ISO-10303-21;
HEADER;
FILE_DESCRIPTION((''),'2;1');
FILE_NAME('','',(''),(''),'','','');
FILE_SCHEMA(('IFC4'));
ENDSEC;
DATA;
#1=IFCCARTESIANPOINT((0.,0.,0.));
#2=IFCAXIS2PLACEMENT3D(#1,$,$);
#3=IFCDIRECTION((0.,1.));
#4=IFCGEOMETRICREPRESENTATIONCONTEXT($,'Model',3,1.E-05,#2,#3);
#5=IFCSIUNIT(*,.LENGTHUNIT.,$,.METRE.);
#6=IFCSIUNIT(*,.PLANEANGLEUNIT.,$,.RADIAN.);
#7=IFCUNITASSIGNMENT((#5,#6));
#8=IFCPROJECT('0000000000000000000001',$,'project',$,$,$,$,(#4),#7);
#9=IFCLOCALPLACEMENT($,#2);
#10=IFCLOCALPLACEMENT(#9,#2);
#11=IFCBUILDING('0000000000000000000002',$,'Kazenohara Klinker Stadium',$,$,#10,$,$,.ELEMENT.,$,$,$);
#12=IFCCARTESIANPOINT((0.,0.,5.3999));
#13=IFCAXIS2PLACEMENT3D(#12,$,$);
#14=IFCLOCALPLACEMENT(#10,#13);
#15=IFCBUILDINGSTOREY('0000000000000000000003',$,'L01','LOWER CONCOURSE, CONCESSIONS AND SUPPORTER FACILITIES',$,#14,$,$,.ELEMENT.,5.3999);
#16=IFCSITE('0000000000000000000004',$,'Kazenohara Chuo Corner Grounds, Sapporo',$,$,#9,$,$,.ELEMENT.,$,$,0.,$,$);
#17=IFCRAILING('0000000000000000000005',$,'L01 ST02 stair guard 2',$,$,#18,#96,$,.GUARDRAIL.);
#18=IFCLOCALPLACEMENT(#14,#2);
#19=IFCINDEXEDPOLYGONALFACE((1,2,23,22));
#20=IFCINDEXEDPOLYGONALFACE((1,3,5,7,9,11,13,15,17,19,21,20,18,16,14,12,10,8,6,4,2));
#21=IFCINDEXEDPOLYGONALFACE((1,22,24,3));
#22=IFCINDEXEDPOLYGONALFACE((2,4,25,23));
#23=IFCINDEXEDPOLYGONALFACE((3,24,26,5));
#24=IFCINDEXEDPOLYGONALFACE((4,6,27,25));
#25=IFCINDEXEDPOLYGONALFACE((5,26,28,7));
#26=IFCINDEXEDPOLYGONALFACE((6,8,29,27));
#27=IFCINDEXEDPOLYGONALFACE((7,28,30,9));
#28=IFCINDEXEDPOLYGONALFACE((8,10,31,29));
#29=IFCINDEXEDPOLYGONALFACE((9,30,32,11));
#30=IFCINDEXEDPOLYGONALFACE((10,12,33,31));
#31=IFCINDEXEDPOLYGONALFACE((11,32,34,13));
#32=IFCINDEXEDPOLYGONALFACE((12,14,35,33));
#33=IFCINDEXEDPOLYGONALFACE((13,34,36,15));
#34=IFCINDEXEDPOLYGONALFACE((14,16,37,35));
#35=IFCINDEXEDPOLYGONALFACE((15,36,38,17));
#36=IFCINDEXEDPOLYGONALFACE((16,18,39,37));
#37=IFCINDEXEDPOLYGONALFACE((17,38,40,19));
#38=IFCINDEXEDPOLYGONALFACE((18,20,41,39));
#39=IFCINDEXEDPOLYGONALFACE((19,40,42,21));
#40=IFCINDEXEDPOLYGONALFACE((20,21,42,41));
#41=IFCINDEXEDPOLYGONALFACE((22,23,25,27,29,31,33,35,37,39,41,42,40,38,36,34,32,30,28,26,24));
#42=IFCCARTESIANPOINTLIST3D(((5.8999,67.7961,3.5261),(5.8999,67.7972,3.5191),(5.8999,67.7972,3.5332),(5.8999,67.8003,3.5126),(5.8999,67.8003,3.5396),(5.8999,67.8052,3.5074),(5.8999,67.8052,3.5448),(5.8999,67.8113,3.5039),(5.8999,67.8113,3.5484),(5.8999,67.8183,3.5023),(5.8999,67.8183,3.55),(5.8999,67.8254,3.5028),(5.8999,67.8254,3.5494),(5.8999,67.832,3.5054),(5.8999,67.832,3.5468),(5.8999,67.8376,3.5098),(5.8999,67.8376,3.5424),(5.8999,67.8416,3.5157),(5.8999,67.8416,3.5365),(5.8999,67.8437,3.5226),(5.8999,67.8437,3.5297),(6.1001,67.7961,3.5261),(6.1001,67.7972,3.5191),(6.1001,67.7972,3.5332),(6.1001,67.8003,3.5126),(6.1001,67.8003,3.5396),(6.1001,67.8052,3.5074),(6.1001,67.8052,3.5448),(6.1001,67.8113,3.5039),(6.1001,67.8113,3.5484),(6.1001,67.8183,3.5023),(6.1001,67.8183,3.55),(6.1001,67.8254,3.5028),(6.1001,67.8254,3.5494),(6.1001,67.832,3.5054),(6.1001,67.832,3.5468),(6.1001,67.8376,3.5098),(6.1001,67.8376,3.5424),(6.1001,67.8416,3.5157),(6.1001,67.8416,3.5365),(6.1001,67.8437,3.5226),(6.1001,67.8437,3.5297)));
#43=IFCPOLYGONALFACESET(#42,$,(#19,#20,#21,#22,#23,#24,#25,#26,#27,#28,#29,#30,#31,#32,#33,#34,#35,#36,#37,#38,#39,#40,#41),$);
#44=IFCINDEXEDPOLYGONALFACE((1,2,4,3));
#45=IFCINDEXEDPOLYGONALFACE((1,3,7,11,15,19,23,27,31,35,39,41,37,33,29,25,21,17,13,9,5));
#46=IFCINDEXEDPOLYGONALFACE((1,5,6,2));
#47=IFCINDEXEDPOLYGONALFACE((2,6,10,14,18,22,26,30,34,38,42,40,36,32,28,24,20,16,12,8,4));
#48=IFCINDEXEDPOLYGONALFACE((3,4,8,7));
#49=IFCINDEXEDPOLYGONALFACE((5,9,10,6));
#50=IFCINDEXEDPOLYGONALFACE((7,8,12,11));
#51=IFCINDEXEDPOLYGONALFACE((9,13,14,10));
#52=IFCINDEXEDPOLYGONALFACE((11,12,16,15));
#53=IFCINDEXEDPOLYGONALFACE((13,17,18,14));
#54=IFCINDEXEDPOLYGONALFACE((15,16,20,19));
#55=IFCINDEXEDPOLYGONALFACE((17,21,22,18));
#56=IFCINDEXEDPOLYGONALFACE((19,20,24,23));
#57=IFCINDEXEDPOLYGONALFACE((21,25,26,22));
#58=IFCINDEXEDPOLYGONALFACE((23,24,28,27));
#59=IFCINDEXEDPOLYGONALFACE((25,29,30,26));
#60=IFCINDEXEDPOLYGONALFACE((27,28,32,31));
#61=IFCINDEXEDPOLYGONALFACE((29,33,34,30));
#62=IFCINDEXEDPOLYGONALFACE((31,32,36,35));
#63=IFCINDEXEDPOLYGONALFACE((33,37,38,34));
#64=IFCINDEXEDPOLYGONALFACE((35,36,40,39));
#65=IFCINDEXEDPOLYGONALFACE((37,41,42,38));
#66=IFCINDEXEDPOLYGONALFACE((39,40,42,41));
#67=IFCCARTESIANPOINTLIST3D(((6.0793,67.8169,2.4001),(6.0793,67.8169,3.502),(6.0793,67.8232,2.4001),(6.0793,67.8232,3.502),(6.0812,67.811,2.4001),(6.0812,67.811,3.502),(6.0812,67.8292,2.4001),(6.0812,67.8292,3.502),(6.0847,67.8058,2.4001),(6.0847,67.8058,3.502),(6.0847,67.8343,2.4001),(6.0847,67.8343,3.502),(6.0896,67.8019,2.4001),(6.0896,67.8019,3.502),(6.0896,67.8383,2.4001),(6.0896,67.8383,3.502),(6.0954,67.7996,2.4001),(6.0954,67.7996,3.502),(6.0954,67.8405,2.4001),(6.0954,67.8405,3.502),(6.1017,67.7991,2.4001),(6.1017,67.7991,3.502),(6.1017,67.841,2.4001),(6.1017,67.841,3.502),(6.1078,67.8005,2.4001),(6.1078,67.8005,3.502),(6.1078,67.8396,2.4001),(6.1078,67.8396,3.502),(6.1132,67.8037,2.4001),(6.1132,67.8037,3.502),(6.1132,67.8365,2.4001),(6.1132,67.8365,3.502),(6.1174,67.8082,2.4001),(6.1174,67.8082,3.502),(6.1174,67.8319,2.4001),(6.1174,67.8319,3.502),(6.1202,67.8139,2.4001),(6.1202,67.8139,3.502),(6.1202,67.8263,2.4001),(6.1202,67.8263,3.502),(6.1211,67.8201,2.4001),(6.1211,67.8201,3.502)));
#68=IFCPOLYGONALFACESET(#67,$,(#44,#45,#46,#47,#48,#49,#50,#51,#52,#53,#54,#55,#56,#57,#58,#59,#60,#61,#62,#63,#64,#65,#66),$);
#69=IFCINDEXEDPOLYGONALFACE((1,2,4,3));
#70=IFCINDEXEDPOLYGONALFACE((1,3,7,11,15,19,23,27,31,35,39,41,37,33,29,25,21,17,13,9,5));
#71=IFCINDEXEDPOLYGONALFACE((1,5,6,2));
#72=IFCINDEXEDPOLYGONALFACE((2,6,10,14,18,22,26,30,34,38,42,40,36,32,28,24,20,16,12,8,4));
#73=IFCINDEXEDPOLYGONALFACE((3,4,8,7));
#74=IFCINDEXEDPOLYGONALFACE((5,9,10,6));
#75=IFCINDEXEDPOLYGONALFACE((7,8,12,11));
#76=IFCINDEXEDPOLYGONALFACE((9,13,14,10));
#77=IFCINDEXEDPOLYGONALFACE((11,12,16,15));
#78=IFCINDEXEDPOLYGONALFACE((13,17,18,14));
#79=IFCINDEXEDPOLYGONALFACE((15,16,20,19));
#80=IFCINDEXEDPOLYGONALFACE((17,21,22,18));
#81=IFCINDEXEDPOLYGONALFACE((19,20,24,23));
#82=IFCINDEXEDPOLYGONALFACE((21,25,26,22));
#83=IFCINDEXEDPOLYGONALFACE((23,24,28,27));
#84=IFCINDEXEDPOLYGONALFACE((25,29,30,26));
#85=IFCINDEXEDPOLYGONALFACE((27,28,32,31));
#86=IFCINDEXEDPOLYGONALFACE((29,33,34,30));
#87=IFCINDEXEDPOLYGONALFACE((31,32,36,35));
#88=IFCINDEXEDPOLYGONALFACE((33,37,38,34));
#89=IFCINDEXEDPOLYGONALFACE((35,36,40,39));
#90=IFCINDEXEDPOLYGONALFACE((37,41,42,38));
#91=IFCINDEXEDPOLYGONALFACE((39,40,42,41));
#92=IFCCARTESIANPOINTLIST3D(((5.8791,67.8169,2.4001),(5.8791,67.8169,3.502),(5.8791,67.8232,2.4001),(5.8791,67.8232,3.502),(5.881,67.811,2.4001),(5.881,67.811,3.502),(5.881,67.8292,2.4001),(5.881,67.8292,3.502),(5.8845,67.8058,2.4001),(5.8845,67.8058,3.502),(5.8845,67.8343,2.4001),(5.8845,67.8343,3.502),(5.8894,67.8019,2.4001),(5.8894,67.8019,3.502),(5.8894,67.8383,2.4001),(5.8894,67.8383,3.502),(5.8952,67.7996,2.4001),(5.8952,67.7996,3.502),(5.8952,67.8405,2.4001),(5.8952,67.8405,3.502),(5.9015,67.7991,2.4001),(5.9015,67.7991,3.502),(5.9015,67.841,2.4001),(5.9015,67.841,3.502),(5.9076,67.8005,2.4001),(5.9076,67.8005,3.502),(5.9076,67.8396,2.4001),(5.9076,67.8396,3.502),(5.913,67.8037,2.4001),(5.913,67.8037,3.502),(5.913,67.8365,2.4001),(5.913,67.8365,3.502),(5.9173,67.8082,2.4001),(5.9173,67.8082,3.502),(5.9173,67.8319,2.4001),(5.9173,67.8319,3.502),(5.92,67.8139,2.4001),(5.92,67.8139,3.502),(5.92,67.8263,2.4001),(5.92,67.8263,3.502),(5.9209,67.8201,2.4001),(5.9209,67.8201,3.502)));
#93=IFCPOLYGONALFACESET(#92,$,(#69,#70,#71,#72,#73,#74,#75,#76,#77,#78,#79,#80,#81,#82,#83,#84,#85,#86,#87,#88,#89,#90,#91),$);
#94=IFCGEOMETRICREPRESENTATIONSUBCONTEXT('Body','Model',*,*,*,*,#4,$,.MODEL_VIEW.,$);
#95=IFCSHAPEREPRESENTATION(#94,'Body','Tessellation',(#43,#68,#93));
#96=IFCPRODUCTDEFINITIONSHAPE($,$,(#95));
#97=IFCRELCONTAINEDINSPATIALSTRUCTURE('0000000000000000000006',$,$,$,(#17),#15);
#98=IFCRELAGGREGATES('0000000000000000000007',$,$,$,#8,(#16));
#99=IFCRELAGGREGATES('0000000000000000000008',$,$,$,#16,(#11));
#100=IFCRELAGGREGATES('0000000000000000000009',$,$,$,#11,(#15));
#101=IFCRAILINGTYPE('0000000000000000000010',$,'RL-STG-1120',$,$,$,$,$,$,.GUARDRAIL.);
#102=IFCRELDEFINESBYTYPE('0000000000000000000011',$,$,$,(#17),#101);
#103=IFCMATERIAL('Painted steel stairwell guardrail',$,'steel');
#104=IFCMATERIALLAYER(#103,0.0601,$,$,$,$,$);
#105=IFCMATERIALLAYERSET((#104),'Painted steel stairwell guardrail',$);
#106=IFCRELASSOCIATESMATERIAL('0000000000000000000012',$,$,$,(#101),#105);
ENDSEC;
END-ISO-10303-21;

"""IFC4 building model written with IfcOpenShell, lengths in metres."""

from ifc_helpers import new_model, si_unit, direction, frame, origin, origin_2d, place, context, subcontext, project, spatial, circle, extrude, material, layer, layer_set, type_object, element, save


model = new_model("IFC4")

# Units and contexts
model_context = context("Model", 3, precision=1e-05, world=origin(), true_north=direction((0.0, 1.0)))
body_context = subcontext(model_context, "Body", "Model", "MODEL_VIEW")
ifc_project = project(units=[si_unit("LENGTHUNIT", "METRE"), si_unit("PLANEANGLEUNIT", "RADIAN")], contexts=[model_context])

# Site, building, storey
site_placement = place(None, origin())
site = spatial("IfcSite", under=ifc_project, at=site_placement, Name="Kazenohara Chuo Corner Grounds, Sapporo", CompositionType="ELEMENT", RefElevation=0.0)
building_placement = place(site_placement, origin())
building = spatial("IfcBuilding", under=site, at=building_placement, Name="Kazenohara Klinker Stadium", CompositionType="ELEMENT")
storey_placement = place(building_placement, frame((0.0, 0.0, 5.3999)))
storey = spatial("IfcBuildingStorey", under=building, at=storey_placement, Name="L01", Description="LOWER CONCOURSE, CONCESSIONS AND SUPPORTER FACILITIES", CompositionType="ELEMENT", Elevation=5.3999)

# Railing
ifc_material_1 = material(Name="Painted steel stairwell guardrail", Category="steel")
ifc_layer_1 = layer(ifc_material_1, 0.0601)
ifc_layer_set_1 = layer_set([ifc_layer_1], Name="Painted steel stairwell guardrail")
railing_type_1 = type_object("IfcRailingType", Name="RL-STG-1120", PredefinedType="GUARDRAIL", material=ifc_layer_set_1)
railing_1_placement = place(storey_placement, frame((6.1001, 67.8201, 2.4001)))
element("IfcRailing", 1, at=railing_1_placement, inside=storey, type_object=railing_type_1, Name="L01 ST02 stair guard 2", PredefinedType="GUARDRAIL", context=body_context, shape_type="SweptSolid", body=[
    extrude(circle(Radius=0.0239, at=origin_2d()), frame((0.0, 0.0, 1.126), z_axis=(-1.0, 0.0, 0.0), x_axis=(0.0, -1.0, 0.0)), (0.0, 0.0, 1.0), 0.2002),
    extrude(circle(Radius=0.021, at=origin_2d()), origin(), (0.0, 0.0, 1.0), 1.1018),
    extrude(circle(Radius=0.021, at=origin_2d()), frame((-0.2002, 0.0, 0.0)), (0.0, 0.0, 1.0), 1.1018),
])

save(model, "model.ifc")
